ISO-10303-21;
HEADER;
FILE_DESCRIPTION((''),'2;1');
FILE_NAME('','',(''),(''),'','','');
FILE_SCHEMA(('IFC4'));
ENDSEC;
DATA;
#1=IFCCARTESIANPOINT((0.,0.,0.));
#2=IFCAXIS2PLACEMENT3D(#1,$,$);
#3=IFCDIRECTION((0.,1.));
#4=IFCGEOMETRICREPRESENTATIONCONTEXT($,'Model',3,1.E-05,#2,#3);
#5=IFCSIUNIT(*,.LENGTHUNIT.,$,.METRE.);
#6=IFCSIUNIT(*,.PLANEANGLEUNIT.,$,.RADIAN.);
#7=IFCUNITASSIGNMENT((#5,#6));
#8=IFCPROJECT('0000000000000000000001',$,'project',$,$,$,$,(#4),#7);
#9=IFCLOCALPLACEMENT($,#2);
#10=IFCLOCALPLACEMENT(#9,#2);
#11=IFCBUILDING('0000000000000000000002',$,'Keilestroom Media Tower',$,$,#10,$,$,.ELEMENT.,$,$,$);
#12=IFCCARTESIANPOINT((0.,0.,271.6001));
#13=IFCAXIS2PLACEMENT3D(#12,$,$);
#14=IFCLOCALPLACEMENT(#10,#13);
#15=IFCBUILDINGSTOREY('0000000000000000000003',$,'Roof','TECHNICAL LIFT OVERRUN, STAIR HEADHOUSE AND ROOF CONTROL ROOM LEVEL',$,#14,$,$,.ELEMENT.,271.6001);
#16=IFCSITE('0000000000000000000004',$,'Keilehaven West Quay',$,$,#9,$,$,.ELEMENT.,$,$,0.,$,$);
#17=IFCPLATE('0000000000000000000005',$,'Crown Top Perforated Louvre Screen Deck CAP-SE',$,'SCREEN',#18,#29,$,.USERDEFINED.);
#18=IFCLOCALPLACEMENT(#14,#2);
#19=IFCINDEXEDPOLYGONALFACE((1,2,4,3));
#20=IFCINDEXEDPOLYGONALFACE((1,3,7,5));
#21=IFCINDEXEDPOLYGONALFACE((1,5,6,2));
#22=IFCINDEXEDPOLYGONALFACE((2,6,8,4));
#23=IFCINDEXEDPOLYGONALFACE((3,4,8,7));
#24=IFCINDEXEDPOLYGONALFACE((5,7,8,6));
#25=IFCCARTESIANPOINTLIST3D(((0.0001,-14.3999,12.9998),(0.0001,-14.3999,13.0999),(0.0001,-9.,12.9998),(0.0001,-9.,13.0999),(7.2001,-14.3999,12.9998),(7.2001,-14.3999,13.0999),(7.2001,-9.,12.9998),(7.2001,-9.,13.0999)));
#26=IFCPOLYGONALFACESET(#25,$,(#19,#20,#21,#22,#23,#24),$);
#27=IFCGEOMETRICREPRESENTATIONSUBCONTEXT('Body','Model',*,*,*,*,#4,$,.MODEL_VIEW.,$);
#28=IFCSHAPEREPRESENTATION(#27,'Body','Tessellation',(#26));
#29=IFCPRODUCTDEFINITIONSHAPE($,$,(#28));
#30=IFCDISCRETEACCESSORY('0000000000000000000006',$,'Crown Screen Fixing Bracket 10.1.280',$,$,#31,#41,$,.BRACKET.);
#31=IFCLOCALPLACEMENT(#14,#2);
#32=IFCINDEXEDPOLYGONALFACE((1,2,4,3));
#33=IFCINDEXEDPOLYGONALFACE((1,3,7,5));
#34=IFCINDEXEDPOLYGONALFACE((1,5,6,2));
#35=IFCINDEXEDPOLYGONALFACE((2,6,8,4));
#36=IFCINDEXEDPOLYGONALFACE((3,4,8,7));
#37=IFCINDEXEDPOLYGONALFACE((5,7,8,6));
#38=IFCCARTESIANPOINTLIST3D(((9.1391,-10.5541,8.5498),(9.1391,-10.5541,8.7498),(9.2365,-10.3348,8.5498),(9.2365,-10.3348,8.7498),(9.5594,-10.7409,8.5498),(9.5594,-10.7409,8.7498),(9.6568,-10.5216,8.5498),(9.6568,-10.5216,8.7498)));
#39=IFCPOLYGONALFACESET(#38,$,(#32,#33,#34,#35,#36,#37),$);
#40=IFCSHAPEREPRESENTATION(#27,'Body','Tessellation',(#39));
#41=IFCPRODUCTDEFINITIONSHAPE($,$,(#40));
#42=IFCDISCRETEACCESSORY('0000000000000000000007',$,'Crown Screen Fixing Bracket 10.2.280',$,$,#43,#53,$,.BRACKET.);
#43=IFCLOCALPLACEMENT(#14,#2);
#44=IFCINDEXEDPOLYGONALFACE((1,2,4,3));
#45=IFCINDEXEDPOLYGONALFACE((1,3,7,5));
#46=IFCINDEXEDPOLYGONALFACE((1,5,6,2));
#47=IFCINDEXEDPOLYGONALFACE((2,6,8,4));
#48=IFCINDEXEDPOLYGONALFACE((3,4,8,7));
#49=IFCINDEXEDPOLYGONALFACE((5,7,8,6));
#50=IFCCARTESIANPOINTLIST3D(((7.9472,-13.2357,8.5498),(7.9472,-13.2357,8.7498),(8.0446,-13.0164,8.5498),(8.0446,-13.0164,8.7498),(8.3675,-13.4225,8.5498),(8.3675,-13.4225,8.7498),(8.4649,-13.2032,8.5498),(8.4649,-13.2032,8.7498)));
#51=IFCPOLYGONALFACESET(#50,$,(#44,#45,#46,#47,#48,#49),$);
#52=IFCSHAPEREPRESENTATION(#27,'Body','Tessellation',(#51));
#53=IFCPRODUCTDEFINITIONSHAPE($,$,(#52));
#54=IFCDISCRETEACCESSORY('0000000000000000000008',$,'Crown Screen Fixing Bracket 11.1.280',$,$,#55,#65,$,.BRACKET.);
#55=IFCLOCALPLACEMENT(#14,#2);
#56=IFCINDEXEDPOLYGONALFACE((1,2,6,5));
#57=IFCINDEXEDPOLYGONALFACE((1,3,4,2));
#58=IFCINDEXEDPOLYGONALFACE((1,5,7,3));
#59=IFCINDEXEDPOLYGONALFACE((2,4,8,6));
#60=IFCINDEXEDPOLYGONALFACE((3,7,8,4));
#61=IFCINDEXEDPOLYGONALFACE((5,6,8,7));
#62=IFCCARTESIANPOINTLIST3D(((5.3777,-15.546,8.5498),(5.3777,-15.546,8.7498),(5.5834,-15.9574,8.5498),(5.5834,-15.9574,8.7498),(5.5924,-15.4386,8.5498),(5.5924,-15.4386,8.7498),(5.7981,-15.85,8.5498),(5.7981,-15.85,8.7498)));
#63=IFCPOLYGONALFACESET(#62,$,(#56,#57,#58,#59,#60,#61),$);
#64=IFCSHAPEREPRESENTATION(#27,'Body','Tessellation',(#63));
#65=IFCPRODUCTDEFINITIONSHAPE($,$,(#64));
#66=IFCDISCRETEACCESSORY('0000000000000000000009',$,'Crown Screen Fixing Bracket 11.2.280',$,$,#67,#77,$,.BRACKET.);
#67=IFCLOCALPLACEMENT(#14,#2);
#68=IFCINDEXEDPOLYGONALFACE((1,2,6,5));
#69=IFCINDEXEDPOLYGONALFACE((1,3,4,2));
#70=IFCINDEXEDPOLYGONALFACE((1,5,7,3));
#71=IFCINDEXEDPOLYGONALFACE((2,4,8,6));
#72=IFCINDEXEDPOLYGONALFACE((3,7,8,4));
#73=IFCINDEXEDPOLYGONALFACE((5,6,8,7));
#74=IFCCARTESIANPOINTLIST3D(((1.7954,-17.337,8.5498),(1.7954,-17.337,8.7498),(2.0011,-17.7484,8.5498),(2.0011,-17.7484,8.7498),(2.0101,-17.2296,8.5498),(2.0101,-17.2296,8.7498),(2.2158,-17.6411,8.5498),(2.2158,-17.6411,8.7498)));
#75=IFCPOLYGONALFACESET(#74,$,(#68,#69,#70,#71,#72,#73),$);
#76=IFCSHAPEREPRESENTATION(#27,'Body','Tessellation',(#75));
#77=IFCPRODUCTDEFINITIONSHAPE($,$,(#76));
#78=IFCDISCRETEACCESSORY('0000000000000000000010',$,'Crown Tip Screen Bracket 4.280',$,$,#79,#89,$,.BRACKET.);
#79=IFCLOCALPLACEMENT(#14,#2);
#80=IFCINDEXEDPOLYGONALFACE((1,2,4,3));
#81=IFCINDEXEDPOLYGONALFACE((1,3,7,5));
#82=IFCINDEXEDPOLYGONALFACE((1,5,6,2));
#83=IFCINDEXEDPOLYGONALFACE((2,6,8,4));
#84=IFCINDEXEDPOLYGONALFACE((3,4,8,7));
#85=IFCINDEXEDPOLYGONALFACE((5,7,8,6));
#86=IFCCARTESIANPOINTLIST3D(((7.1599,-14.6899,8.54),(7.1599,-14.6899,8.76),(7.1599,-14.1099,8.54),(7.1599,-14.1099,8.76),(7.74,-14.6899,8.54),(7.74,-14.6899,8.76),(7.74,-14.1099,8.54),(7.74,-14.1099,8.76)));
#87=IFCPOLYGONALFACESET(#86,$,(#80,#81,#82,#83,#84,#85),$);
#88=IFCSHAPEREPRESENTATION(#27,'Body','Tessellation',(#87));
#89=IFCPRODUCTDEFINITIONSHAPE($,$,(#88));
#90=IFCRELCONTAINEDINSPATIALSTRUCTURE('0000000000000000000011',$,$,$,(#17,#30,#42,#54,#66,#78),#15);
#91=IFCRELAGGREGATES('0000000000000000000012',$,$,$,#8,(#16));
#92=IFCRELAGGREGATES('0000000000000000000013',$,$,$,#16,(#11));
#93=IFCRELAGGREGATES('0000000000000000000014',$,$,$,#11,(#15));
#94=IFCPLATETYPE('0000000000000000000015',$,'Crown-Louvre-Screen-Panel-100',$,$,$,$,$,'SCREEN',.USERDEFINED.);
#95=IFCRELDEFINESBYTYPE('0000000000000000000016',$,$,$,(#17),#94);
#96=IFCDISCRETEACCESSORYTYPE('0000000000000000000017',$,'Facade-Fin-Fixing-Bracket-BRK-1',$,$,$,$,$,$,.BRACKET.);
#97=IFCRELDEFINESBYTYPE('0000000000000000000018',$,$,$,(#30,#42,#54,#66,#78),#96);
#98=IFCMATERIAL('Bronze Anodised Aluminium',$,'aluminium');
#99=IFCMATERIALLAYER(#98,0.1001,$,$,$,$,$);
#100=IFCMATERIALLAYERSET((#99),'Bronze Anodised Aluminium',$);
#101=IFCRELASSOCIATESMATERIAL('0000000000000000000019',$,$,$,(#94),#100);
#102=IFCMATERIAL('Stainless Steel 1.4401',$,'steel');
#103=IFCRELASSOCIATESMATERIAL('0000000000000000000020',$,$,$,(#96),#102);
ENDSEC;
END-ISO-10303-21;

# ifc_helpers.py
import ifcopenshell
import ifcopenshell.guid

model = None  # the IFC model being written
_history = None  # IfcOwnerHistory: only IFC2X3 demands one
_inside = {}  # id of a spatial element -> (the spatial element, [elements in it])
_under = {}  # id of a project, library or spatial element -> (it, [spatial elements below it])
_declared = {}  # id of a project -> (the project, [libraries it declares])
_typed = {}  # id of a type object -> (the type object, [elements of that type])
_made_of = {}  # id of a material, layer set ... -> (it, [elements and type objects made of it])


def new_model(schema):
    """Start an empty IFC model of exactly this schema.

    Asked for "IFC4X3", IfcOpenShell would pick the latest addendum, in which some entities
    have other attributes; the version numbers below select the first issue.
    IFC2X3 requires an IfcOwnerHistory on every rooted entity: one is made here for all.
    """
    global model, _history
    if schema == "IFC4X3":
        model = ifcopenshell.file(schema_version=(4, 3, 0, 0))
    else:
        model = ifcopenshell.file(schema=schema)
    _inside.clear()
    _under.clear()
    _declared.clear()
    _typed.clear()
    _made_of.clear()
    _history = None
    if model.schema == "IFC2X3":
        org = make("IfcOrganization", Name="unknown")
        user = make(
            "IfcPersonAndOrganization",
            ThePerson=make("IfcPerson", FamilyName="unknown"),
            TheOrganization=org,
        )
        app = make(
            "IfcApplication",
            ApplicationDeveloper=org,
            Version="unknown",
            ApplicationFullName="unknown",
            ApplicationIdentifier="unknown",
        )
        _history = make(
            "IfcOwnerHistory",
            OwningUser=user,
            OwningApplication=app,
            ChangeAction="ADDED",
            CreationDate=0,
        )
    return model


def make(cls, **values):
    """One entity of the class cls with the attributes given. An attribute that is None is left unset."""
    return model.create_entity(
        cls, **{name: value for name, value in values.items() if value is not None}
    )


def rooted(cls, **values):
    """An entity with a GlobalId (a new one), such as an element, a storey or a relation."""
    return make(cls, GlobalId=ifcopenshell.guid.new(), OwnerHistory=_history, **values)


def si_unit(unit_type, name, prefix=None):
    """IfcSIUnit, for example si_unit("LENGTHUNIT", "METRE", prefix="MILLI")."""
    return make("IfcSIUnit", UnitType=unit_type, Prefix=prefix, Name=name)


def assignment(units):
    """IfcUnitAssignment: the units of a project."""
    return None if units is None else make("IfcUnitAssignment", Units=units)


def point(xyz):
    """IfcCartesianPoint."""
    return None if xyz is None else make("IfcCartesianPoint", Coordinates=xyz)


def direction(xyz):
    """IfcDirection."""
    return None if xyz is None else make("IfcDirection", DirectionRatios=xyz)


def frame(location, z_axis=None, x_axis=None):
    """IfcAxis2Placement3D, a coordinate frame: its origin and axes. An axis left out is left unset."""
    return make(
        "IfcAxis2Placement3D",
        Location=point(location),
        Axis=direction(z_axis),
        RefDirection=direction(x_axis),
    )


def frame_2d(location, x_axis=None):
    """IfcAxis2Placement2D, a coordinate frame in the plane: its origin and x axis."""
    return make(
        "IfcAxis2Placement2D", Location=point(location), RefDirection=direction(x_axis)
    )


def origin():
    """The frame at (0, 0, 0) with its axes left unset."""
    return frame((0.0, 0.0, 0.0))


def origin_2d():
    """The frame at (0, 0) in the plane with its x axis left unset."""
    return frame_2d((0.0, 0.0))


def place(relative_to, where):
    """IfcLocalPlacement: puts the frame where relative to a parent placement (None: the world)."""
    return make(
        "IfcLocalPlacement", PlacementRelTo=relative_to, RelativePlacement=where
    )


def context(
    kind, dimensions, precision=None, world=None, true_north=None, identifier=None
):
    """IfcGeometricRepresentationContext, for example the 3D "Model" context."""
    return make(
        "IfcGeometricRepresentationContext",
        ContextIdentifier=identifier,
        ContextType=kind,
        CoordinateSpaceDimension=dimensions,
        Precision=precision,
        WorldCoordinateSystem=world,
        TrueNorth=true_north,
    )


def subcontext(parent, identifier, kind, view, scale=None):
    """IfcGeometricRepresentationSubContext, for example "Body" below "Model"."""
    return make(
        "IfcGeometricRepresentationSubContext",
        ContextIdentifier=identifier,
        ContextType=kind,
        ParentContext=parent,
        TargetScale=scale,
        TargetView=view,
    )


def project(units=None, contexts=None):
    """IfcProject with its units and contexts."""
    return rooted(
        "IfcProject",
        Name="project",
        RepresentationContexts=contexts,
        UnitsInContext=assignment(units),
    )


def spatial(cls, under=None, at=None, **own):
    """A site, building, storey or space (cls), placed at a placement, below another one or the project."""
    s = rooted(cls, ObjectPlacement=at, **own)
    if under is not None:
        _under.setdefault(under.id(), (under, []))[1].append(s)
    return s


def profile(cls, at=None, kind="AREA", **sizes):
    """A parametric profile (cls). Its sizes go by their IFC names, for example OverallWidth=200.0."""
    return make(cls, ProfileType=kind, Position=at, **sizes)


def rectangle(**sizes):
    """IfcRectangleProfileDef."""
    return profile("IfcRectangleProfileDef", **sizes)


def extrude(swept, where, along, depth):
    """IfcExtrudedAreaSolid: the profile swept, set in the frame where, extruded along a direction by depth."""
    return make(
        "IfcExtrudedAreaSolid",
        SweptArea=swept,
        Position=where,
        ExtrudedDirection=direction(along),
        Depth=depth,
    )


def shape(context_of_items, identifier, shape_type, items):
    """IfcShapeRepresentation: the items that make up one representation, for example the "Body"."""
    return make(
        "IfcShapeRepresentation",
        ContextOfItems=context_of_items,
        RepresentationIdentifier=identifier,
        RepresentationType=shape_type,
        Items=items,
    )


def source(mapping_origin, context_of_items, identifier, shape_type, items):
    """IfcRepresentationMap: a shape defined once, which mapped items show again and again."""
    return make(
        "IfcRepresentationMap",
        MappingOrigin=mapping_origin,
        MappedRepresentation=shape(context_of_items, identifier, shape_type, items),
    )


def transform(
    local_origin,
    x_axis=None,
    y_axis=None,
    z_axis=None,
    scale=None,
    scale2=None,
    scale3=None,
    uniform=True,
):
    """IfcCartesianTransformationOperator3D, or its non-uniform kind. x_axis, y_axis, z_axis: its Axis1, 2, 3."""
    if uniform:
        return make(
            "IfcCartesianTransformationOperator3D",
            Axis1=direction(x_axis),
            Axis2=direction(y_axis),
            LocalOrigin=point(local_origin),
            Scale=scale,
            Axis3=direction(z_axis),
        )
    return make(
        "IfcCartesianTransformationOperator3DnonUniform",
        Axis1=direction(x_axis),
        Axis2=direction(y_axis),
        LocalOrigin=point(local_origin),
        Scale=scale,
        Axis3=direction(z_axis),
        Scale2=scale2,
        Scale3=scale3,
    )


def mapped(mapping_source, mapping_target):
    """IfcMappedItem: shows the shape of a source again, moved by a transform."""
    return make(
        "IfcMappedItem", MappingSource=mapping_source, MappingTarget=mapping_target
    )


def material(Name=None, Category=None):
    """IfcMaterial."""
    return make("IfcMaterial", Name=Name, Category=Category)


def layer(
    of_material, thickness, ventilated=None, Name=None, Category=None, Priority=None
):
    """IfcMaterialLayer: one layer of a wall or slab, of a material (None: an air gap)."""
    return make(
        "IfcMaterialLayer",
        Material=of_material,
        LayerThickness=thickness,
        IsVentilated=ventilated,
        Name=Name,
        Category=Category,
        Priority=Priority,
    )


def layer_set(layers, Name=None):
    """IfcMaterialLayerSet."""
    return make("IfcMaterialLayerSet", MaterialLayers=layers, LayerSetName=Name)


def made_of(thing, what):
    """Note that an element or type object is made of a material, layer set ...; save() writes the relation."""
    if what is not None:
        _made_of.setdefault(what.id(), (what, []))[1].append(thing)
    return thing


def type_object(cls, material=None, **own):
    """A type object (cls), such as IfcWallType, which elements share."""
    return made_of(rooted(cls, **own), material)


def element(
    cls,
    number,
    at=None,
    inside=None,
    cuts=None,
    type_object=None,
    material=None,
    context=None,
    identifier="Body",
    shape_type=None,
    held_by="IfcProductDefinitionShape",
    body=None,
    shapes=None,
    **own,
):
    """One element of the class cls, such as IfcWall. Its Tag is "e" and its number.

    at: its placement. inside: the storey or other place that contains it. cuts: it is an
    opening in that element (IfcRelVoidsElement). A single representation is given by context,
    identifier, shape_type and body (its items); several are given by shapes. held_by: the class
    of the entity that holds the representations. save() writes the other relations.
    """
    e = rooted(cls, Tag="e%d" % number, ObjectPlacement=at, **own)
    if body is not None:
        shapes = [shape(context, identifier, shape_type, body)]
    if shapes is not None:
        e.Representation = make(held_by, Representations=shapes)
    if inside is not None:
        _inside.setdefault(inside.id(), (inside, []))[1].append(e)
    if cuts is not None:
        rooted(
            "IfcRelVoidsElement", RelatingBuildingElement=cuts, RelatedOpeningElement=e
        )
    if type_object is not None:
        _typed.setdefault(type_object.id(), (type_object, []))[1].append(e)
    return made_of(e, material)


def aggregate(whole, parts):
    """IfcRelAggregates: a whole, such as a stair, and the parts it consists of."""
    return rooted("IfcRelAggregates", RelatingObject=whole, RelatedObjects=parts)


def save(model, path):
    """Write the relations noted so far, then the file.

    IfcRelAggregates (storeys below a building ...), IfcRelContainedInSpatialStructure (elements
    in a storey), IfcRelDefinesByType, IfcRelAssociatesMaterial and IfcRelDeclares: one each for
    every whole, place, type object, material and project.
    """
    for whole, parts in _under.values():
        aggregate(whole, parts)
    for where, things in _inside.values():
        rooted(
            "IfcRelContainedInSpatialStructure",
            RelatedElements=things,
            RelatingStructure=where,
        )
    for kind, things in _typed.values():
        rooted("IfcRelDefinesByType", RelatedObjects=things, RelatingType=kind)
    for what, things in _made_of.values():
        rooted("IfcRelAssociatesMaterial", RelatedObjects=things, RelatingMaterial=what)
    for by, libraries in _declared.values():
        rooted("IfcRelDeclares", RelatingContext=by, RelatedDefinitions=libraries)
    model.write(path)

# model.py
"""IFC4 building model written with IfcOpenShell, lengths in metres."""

from ifc_helpers import new_model, si_unit, direction, frame, origin, origin_2d, place, context, subcontext, project, spatial, rectangle, extrude, source, transform, mapped, material, layer, layer_set, type_object, element, save


model = new_model("IFC4")

# Units and contexts
model_context = context("Model", 3, precision=1e-05, world=origin(), true_north=direction((0.0, 1.0)))
body_context = subcontext(model_context, "Body", "Model", "MODEL_VIEW")
ifc_project = project(units=[si_unit("LENGTHUNIT", "METRE"), si_unit("PLANEANGLEUNIT", "RADIAN")], contexts=[model_context])

# Site, building, storey
site_placement = place(None, origin())
site = spatial("IfcSite", under=ifc_project, at=site_placement, Name="Keilehaven West Quay", CompositionType="ELEMENT", RefElevation=0.0)
building_placement = place(site_placement, origin())
building = spatial("IfcBuilding", under=site, at=building_placement, Name="Keilestroom Media Tower", CompositionType="ELEMENT")
storey_placement = place(building_placement, frame((0.0, 0.0, 271.6001)))
storey = spatial("IfcBuildingStorey", under=building, at=storey_placement, Name="Roof", Description="TECHNICAL LIFT OVERRUN, STAIR HEADHOUSE AND ROOF CONTROL ROOM LEVEL", CompositionType="ELEMENT", Elevation=271.6001)

# Plate
ifc_material_1 = material(Name="Bronze Anodised Aluminium", Category="aluminium")
ifc_layer_1 = layer(ifc_material_1, 0.1001)
ifc_layer_set_1 = layer_set([ifc_layer_1], Name="Bronze Anodised Aluminium")
plate_type_1 = type_object("IfcPlateType", Name="Crown-Louvre-Screen-Panel-100", ElementType="SCREEN", PredefinedType="USERDEFINED", material=ifc_layer_set_1)
shared_shape_1 = source(origin(), body_context, "Body", "SweptSolid", [
    extrude(rectangle(XDim=7.2, YDim=5.3999, at=origin_2d()), origin(), (0.0, 0.0, 1.0), 0.1001),
])
plate_1_placement = place(storey_placement, frame((3.6001, -11.7, 12.9998), z_axis=(0.0, 0.0, 1.0), x_axis=(1.0, 0.0, 0.0)))
element("IfcPlate", 1, at=plate_1_placement, inside=storey, type_object=plate_type_1, Name="Crown Top Perforated Louvre Screen Deck CAP-SE", ObjectType="SCREEN", PredefinedType="USERDEFINED", context=body_context, shape_type="MappedRepresentation", body=[
    mapped(shared_shape_1, transform((0.0, 0.0, 0.0), x_axis=(1.0, 0.0, 0.0), y_axis=(0.0, 1.0, 0.0), z_axis=(0.0, 0.0, 1.0), scale=1.0)),
])

# Discrete accessories
ifc_material_2 = material(Name="Stainless Steel 1.4401", Category="steel")
discrete_accessory_type = type_object("IfcDiscreteAccessoryType", Name="Facade-Fin-Fixing-Bracket-BRK-1", PredefinedType="BRACKET", material=ifc_material_2)
shared_shape_2 = source(origin(), body_context, "Body", "SweptSolid", [
    extrude(rectangle(XDim=0.24, YDim=0.46, at=origin_2d()), origin(), (0.0, 0.0, 1.0), 0.2),
])
for number, where, z_axis, x_axis, name in (
    (2, (9.3979, -10.5378, 8.5498), (0.0, 0.0, 1.0), (-0.406139, -0.913811, 0.0), "Crown Screen Fixing Bracket 10.1.280"),
    (3, (8.2061, -13.2195, 8.5498), (0.0, 0.0, 1.0), (-0.406139, -0.913811, 0.0), "Crown Screen Fixing Bracket 10.2.280"),
    (4, (5.5879, -15.698, 8.5498), (0.0, 0.0, 1.0), (-0.894427, -0.447214, 0.0), "Crown Screen Fixing Bracket 11.1.280"),
    (5, (2.0056, -17.489, 8.5498), (0.0, 0.0, 1.0), (-0.894427, -0.447214, 0.0), "Crown Screen Fixing Bracket 11.2.280"),
):
    element("IfcDiscreteAccessory", number, at=place(storey_placement, frame(where, z_axis=z_axis, x_axis=x_axis)), inside=storey, type_object=discrete_accessory_type, Name=name, PredefinedType="BRACKET", context=body_context, shape_type="MappedRepresentation", body=[
        mapped(shared_shape_2, transform((0.0, 0.0, 0.0), x_axis=(1.0, 0.0, 0.0), y_axis=(0.0, 1.0, 0.0), z_axis=(0.0, 0.0, 1.0), scale=1.0)),
    ])
shared_shape_3 = source(origin(), body_context, "Body", "SweptSolid", [
    extrude(rectangle(XDim=0.5801, YDim=0.5801, at=origin_2d()), origin(), (0.0, 0.0, 1.0), 0.22),
])
discrete_accessory_placement = place(storey_placement, frame((7.45, -14.3999, 8.54), z_axis=(0.0, 0.0, 1.0), x_axis=(1.0, 0.0, 0.0)))
element("IfcDiscreteAccessory", 6, at=discrete_accessory_placement, inside=storey, type_object=discrete_accessory_type, Name="Crown Tip Screen Bracket 4.280", PredefinedType="BRACKET", context=body_context, shape_type="MappedRepresentation", body=[
    mapped(shared_shape_3, transform((0.0, 0.0, 0.0), x_axis=(1.0, 0.0, 0.0), y_axis=(0.0, 1.0, 0.0), z_axis=(0.0, 0.0, 1.0), scale=1.0)),
])

save(model, "model.ifc")
